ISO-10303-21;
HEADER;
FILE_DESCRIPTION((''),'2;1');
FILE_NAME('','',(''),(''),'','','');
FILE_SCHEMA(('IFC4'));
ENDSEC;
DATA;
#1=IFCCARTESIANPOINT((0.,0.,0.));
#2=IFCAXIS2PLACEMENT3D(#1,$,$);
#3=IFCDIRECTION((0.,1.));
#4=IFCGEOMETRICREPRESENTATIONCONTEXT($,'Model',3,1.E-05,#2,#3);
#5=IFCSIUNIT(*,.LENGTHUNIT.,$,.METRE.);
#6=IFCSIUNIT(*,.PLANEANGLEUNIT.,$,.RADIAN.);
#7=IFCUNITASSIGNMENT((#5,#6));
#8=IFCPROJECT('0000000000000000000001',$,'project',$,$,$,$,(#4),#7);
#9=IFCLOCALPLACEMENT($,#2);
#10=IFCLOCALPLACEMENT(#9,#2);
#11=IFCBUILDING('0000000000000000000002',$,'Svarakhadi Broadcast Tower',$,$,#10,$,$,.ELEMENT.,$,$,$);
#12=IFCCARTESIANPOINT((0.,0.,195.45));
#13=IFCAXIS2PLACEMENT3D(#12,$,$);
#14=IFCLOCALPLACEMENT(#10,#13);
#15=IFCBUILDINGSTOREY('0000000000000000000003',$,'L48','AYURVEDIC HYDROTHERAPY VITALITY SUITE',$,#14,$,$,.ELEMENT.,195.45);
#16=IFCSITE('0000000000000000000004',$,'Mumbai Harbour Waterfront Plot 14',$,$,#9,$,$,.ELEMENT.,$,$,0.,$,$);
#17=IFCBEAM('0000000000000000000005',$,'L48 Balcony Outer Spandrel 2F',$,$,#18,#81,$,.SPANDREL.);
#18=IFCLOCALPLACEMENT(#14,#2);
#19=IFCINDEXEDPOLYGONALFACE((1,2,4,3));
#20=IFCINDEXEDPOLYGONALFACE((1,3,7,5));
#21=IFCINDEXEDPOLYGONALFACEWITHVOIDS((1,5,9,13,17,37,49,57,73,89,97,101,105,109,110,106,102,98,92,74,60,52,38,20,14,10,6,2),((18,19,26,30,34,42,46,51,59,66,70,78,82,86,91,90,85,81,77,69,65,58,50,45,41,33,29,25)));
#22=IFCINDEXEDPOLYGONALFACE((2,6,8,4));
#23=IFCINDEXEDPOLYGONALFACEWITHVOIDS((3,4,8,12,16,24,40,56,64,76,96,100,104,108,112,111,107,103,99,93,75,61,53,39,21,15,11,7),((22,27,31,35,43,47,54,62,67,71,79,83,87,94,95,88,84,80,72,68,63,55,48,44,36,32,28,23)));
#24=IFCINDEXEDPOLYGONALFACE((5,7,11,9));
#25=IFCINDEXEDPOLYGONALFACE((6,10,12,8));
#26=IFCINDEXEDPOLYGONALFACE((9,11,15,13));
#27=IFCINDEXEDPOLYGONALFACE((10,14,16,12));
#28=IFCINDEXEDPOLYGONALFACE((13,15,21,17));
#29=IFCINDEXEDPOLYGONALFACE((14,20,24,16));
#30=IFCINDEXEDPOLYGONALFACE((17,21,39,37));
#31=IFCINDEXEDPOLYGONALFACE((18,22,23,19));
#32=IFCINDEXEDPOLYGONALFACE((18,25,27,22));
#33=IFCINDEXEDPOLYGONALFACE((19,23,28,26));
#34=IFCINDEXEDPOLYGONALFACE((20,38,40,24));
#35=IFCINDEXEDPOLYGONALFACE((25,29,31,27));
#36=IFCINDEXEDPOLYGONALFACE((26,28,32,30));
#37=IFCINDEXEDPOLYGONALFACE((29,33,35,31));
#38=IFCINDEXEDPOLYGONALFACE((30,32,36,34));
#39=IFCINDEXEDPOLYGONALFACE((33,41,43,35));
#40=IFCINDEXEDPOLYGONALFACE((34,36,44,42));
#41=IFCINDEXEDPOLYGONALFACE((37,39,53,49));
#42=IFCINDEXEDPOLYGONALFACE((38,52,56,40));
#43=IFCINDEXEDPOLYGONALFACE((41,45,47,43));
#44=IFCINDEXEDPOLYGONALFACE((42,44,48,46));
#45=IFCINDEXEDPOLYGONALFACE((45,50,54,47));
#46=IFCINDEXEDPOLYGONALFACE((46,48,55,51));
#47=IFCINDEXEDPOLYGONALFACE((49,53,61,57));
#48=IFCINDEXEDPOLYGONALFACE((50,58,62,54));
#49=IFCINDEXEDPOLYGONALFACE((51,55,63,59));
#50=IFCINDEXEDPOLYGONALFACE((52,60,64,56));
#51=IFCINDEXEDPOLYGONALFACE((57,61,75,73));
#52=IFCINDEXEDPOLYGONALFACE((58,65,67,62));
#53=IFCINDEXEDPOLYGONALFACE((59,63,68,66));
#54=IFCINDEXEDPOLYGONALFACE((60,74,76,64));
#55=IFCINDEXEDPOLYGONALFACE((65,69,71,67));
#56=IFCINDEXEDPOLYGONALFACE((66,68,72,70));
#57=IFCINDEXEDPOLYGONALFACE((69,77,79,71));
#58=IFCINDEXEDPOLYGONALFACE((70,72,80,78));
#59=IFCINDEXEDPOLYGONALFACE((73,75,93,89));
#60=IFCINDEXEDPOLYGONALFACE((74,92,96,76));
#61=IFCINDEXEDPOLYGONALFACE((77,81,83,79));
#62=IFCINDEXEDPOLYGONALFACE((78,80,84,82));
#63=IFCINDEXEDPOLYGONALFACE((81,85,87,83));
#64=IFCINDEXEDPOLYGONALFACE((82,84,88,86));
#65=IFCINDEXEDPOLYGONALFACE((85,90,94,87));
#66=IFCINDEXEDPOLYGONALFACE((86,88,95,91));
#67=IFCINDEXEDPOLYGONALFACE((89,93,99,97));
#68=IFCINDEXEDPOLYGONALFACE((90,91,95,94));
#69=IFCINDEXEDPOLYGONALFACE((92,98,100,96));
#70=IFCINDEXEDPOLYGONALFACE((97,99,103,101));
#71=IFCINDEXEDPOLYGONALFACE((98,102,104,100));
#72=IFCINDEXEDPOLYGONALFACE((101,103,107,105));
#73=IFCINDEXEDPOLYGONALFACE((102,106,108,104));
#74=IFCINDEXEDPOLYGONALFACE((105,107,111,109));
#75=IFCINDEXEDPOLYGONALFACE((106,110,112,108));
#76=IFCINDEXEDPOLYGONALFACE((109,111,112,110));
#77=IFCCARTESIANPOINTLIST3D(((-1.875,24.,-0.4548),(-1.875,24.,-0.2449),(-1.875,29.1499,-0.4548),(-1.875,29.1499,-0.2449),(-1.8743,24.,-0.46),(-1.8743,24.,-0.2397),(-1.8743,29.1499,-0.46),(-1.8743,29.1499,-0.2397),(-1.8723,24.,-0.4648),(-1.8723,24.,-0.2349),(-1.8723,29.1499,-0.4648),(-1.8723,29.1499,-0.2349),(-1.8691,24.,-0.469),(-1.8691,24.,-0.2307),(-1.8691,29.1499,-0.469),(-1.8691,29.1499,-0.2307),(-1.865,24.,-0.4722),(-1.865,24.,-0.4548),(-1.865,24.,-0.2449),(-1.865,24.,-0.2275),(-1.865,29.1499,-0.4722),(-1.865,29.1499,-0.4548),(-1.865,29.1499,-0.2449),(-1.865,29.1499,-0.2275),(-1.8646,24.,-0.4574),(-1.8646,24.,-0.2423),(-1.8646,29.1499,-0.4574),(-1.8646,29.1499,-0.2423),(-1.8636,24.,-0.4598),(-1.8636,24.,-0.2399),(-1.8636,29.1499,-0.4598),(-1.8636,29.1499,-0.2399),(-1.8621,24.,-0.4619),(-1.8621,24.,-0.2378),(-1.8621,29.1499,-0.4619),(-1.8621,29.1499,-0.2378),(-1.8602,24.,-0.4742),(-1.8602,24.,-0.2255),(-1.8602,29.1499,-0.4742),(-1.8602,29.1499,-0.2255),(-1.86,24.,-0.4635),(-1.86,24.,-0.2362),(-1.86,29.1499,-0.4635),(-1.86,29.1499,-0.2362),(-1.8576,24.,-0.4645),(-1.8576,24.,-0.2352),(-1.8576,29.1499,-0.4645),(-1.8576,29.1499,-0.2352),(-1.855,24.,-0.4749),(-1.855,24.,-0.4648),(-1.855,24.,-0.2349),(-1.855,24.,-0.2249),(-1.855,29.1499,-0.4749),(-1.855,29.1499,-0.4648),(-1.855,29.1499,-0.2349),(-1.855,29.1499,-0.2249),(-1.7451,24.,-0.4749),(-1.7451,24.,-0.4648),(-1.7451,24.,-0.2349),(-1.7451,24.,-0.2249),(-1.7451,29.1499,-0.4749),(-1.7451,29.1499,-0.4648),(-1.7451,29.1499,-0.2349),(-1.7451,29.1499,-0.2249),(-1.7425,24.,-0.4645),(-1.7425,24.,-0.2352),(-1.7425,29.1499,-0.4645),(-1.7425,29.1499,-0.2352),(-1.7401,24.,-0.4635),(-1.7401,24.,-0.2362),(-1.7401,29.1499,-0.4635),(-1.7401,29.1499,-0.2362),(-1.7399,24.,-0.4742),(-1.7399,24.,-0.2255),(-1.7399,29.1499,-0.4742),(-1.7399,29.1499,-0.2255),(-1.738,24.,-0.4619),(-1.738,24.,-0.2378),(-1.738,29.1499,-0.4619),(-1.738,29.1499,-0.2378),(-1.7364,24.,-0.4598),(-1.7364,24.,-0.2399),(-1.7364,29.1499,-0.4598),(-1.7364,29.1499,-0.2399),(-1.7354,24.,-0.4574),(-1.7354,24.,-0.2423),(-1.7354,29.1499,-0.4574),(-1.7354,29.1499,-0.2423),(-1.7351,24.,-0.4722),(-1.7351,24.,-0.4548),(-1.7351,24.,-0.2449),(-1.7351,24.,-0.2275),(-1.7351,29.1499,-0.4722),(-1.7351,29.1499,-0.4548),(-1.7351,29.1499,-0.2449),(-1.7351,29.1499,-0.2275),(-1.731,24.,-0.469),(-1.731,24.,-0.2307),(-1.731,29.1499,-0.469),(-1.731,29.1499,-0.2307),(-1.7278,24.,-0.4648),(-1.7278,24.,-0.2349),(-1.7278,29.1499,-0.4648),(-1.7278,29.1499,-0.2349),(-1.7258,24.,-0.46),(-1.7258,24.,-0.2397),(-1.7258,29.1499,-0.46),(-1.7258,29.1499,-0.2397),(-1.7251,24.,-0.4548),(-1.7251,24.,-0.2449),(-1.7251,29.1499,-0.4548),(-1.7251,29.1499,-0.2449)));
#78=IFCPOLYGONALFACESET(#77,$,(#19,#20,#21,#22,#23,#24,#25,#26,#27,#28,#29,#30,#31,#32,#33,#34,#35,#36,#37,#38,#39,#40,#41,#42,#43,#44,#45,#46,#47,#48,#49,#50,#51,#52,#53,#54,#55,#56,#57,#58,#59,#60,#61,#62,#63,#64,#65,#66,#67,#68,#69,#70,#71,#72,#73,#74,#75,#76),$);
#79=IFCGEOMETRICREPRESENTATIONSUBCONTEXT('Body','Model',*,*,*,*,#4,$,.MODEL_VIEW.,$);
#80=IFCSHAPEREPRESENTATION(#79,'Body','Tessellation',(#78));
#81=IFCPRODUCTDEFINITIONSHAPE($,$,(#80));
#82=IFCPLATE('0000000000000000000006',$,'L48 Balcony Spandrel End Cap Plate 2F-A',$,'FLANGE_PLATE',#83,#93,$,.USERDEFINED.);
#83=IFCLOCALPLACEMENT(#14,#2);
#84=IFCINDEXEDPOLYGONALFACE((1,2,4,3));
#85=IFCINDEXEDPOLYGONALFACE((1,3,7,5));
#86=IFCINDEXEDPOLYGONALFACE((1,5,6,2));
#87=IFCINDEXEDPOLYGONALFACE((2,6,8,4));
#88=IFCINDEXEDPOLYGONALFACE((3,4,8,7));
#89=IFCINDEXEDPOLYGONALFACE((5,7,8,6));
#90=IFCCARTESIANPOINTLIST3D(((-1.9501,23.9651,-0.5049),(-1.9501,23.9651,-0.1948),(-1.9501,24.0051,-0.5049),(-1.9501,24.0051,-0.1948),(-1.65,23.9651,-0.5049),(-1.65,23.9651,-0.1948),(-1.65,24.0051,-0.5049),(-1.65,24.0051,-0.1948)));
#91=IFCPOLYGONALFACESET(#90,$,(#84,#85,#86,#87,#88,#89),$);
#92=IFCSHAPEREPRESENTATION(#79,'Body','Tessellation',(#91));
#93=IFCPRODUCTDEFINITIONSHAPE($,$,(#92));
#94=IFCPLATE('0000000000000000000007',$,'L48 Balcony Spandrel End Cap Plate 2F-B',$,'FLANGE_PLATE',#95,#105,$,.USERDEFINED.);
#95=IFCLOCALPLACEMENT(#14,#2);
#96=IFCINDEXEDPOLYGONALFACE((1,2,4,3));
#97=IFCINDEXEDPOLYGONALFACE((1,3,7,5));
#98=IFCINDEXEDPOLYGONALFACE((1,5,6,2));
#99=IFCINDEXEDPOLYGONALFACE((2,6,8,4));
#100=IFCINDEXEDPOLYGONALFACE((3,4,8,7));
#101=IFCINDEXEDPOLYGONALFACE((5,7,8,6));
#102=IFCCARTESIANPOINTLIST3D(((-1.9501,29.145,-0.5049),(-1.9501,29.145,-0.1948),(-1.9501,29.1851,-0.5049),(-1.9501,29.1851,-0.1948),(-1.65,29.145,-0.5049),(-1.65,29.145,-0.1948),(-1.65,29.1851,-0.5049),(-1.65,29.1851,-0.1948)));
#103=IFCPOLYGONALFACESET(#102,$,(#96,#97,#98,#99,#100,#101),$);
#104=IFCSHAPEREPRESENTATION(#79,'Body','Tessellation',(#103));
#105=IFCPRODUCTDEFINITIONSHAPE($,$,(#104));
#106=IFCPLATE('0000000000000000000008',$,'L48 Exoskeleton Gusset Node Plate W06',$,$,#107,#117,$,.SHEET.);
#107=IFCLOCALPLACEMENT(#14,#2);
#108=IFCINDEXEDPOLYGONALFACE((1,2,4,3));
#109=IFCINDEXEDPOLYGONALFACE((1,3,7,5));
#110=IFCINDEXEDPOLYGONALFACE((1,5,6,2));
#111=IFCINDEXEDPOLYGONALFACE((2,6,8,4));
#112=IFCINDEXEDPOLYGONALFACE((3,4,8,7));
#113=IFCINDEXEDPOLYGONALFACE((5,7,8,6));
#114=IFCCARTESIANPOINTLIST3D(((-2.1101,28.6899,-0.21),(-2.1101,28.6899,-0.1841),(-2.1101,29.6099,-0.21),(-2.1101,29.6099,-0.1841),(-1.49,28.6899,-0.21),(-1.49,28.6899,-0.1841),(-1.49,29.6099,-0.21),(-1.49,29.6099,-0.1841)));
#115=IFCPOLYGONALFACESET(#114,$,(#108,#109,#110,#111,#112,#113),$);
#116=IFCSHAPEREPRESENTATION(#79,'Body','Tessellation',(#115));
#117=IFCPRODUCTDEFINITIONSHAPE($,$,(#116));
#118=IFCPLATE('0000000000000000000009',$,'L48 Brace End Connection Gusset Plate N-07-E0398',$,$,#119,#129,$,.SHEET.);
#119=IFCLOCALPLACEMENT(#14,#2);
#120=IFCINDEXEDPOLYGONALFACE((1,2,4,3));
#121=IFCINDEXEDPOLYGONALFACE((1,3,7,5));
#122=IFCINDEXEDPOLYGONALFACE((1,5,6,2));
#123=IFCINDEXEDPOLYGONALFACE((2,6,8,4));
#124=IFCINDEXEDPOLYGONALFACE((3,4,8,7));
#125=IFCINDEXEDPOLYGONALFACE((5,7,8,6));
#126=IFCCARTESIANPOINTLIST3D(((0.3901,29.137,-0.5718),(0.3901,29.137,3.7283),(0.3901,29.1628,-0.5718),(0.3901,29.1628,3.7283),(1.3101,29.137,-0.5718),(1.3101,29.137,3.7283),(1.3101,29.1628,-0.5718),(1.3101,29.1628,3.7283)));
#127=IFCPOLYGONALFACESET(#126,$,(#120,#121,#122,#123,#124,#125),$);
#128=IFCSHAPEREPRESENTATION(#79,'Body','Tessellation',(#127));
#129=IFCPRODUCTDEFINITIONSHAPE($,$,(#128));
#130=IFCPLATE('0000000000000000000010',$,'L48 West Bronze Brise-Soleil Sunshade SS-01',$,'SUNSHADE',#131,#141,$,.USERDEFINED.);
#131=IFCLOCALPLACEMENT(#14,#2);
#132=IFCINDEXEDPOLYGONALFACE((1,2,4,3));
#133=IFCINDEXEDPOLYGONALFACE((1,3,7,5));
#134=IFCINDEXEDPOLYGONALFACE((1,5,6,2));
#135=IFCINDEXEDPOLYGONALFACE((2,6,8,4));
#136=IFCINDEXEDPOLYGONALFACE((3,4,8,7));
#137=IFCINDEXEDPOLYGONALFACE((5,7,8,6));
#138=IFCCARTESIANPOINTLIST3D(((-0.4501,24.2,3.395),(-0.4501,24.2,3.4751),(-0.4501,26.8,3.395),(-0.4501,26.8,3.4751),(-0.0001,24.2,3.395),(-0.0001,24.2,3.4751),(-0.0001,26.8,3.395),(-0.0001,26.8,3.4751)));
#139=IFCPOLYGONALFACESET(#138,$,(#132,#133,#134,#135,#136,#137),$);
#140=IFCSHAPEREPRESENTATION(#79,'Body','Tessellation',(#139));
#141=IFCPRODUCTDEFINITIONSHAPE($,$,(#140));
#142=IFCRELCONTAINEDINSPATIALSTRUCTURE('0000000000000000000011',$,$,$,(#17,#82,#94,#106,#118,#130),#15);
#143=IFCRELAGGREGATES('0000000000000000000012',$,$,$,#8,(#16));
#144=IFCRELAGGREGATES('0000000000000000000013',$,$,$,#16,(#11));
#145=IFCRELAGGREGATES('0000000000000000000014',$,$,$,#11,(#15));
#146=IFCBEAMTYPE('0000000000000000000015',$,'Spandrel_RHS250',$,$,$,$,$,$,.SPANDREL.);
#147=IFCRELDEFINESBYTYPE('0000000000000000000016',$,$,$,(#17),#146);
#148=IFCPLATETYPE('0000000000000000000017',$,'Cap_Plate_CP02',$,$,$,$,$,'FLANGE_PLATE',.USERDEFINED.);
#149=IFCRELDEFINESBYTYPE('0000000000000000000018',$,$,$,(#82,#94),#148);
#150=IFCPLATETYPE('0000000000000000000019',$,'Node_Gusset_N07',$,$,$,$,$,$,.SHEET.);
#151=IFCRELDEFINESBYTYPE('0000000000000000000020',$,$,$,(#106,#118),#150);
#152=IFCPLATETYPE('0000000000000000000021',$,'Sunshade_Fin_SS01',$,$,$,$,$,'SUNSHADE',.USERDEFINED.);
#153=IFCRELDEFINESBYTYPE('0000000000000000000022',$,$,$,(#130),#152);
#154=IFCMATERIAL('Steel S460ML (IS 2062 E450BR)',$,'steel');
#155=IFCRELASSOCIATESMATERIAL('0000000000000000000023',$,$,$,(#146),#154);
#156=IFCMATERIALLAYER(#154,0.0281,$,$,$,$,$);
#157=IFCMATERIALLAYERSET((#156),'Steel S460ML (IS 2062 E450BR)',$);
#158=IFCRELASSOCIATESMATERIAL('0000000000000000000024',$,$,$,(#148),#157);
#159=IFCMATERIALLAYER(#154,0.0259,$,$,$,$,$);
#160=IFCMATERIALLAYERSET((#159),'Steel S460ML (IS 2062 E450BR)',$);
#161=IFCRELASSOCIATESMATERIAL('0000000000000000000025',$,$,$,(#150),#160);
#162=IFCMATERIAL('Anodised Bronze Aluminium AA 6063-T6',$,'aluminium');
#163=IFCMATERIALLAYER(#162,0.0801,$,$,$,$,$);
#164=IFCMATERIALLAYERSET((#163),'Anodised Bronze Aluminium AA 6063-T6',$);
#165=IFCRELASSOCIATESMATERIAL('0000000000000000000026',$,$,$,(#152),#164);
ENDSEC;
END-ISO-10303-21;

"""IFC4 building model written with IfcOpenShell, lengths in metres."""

from ifc_helpers import new_model, si_unit, direction, frame, origin, origin_2d, place, context, subcontext, project, spatial, rectangle, hollow_rectangle, extrude, material, layer, layer_set, material_profile, profile_set, type_object, element, save


model = new_model("IFC4")

# Units and contexts
model_context = context("Model", 3, precision=1e-05, world=origin(), true_north=direction((0.0, 1.0)))
body_context = subcontext(model_context, "Body", "Model", "MODEL_VIEW")
ifc_project = project(units=[si_unit("LENGTHUNIT", "METRE"), si_unit("PLANEANGLEUNIT", "RADIAN")], contexts=[model_context])

# Site, building, storey
site_placement = place(None, origin())
site = spatial("IfcSite", under=ifc_project, at=site_placement, Name="Mumbai Harbour Waterfront Plot 14", CompositionType="ELEMENT", RefElevation=0.0)
building_placement = place(site_placement, origin())
building = spatial("IfcBuilding", under=site, at=building_placement, Name="Svarakhadi Broadcast Tower", CompositionType="ELEMENT")
storey_placement = place(building_placement, frame((0.0, 0.0, 195.45)))
storey = spatial("IfcBuildingStorey", under=building, at=storey_placement, Name="L48", Description="AYURVEDIC HYDROTHERAPY VITALITY SUITE", CompositionType="ELEMENT", Elevation=195.45)

# Shared definitions
ifc_material_1 = material(Name="Steel S460ML (IS 2062 E450BR)", Category="steel")

# Shared definitions
ifc_material_2 = material(Name="Anodised Bronze Aluminium AA 6063-T6", Category="aluminium")

# Beam
ifc_material_profile_1 = material_profile(ifc_material_1, hollow_rectangle(XDim=0.1499, YDim=0.25, WallThickness=0.01, InnerFilletRadius=0.01, OuterFilletRadius=0.02, at=origin_2d()), Name="RHS 250x150x10")
ifc_profile_set_1 = profile_set([ifc_material_profile_1], Name="Steel S460ML (IS 2062 E450BR)")
beam_type_1 = type_object("IfcBeamType", Name="Spandrel_RHS250", PredefinedType="SPANDREL", material=ifc_profile_set_1)
beam_1_placement = place(storey_placement, frame((-1.8, 24.0, -0.3499), z_axis=(0.0, 1.0, 0.0), x_axis=(-1.0, 0.0, 0.0)))
element("IfcBeam", 1, at=beam_1_placement, inside=storey, type_object=beam_type_1, Name="L48 Balcony Outer Spandrel 2F", PredefinedType="SPANDREL", context=body_context, shape_type="SweptSolid", body=[
    extrude(hollow_rectangle(XDim=0.1499, YDim=0.25, WallThickness=0.01, InnerFilletRadius=0.01, OuterFilletRadius=0.02, at=origin_2d()), origin(), (0.0, 0.0, 1.0), 5.1499),
])

# Plates
ifc_layer_1 = layer(ifc_material_1, 0.0281)
ifc_layer_set_1 = layer_set([ifc_layer_1], Name="Steel S460ML (IS 2062 E450BR)")
plate_type_1 = type_object("IfcPlateType", Name="Cap_Plate_CP02", ElementType="FLANGE_PLATE", PredefinedType="USERDEFINED", material=ifc_layer_set_1)
for number, where, z_axis, x_axis, name in (
    (2, (-1.8, 23.9851, -0.5049), (0.0, 0.0, 1.0), (1.0, 0.0, 0.0), "L48 Balcony Spandrel End Cap Plate 2F-A"),
    (3, (-1.8, 29.165, -0.5049), (0.0, 0.0, 1.0), (1.0, 0.0, 0.0), "L48 Balcony Spandrel End Cap Plate 2F-B"),
):
    element("IfcPlate", number, at=place(storey_placement, frame(where, z_axis=z_axis, x_axis=x_axis)), inside=storey, type_object=plate_type_1, Name=name, ObjectType="FLANGE_PLATE", PredefinedType="USERDEFINED", context=body_context, shape_type="SweptSolid", body=[
        extrude(rectangle(XDim=0.3, YDim=0.04, at=origin_2d()), origin(), (0.0, 0.0, 1.0), 0.3101),
    ])
ifc_layer_2 = layer(ifc_material_1, 0.0259)
ifc_layer_set_2 = layer_set([ifc_layer_2], Name="Steel S460ML (IS 2062 E450BR)")
plate_type_2 = type_object("IfcPlateType", Name="Node_Gusset_N07", PredefinedType="SHEET", material=ifc_layer_set_2)
plate_1_placement = place(storey_placement, frame((-1.8, 29.1499, -0.21), z_axis=(0.0, 0.0, 1.0), x_axis=(0.0, 1.0, 0.0)))
element("IfcPlate", 4, at=plate_1_placement, inside=storey, type_object=plate_type_2, Name="L48 Exoskeleton Gusset Node Plate W06", PredefinedType="SHEET", context=body_context, shape_type="SweptSolid", body=[
    extrude(rectangle(XDim=0.9199, YDim=0.6201, at=origin_2d()), origin(), (0.0, 0.0, 1.0), 0.0259),
])
plate_2_placement = place(storey_placement, frame((0.8501, 29.1499, -0.5718), z_axis=(0.0, 0.0, 1.0), x_axis=(1.0, 0.0, 0.0)))
element("IfcPlate", 5, at=plate_2_placement, inside=storey, type_object=plate_type_2, Name="L48 Brace End Connection Gusset Plate N-07-E0398", PredefinedType="SHEET", context=body_context, shape_type="SweptSolid", body=[
    extrude(rectangle(XDim=0.9199, YDim=0.0259, at=origin_2d()), origin(), (0.0, 0.0, 1.0), 4.3),
])
ifc_layer_3 = layer(ifc_material_2, 0.0801)
ifc_layer_set_3 = layer_set([ifc_layer_3], Name="Anodised Bronze Aluminium AA 6063-T6")
plate_type_3 = type_object("IfcPlateType", Name="Sunshade_Fin_SS01", ElementType="SUNSHADE", PredefinedType="USERDEFINED", material=ifc_layer_set_3)
plate_3_placement = place(storey_placement, frame((-0.2251, 25.5, 3.395), z_axis=(0.0, 0.0, 1.0), x_axis=(0.0, 1.0, 0.0)))
element("IfcPlate", 6, at=plate_3_placement, inside=storey, type_object=plate_type_3, Name="L48 West Bronze Brise-Soleil Sunshade SS-01", ObjectType="SUNSHADE", PredefinedType="USERDEFINED", context=body_context, shape_type="SweptSolid", body=[
    extrude(rectangle(XDim=2.6001, YDim=0.45, at=origin_2d()), origin(), (0.0, 0.0, 1.0), 0.0801),
])

save(model, "model.ifc")
